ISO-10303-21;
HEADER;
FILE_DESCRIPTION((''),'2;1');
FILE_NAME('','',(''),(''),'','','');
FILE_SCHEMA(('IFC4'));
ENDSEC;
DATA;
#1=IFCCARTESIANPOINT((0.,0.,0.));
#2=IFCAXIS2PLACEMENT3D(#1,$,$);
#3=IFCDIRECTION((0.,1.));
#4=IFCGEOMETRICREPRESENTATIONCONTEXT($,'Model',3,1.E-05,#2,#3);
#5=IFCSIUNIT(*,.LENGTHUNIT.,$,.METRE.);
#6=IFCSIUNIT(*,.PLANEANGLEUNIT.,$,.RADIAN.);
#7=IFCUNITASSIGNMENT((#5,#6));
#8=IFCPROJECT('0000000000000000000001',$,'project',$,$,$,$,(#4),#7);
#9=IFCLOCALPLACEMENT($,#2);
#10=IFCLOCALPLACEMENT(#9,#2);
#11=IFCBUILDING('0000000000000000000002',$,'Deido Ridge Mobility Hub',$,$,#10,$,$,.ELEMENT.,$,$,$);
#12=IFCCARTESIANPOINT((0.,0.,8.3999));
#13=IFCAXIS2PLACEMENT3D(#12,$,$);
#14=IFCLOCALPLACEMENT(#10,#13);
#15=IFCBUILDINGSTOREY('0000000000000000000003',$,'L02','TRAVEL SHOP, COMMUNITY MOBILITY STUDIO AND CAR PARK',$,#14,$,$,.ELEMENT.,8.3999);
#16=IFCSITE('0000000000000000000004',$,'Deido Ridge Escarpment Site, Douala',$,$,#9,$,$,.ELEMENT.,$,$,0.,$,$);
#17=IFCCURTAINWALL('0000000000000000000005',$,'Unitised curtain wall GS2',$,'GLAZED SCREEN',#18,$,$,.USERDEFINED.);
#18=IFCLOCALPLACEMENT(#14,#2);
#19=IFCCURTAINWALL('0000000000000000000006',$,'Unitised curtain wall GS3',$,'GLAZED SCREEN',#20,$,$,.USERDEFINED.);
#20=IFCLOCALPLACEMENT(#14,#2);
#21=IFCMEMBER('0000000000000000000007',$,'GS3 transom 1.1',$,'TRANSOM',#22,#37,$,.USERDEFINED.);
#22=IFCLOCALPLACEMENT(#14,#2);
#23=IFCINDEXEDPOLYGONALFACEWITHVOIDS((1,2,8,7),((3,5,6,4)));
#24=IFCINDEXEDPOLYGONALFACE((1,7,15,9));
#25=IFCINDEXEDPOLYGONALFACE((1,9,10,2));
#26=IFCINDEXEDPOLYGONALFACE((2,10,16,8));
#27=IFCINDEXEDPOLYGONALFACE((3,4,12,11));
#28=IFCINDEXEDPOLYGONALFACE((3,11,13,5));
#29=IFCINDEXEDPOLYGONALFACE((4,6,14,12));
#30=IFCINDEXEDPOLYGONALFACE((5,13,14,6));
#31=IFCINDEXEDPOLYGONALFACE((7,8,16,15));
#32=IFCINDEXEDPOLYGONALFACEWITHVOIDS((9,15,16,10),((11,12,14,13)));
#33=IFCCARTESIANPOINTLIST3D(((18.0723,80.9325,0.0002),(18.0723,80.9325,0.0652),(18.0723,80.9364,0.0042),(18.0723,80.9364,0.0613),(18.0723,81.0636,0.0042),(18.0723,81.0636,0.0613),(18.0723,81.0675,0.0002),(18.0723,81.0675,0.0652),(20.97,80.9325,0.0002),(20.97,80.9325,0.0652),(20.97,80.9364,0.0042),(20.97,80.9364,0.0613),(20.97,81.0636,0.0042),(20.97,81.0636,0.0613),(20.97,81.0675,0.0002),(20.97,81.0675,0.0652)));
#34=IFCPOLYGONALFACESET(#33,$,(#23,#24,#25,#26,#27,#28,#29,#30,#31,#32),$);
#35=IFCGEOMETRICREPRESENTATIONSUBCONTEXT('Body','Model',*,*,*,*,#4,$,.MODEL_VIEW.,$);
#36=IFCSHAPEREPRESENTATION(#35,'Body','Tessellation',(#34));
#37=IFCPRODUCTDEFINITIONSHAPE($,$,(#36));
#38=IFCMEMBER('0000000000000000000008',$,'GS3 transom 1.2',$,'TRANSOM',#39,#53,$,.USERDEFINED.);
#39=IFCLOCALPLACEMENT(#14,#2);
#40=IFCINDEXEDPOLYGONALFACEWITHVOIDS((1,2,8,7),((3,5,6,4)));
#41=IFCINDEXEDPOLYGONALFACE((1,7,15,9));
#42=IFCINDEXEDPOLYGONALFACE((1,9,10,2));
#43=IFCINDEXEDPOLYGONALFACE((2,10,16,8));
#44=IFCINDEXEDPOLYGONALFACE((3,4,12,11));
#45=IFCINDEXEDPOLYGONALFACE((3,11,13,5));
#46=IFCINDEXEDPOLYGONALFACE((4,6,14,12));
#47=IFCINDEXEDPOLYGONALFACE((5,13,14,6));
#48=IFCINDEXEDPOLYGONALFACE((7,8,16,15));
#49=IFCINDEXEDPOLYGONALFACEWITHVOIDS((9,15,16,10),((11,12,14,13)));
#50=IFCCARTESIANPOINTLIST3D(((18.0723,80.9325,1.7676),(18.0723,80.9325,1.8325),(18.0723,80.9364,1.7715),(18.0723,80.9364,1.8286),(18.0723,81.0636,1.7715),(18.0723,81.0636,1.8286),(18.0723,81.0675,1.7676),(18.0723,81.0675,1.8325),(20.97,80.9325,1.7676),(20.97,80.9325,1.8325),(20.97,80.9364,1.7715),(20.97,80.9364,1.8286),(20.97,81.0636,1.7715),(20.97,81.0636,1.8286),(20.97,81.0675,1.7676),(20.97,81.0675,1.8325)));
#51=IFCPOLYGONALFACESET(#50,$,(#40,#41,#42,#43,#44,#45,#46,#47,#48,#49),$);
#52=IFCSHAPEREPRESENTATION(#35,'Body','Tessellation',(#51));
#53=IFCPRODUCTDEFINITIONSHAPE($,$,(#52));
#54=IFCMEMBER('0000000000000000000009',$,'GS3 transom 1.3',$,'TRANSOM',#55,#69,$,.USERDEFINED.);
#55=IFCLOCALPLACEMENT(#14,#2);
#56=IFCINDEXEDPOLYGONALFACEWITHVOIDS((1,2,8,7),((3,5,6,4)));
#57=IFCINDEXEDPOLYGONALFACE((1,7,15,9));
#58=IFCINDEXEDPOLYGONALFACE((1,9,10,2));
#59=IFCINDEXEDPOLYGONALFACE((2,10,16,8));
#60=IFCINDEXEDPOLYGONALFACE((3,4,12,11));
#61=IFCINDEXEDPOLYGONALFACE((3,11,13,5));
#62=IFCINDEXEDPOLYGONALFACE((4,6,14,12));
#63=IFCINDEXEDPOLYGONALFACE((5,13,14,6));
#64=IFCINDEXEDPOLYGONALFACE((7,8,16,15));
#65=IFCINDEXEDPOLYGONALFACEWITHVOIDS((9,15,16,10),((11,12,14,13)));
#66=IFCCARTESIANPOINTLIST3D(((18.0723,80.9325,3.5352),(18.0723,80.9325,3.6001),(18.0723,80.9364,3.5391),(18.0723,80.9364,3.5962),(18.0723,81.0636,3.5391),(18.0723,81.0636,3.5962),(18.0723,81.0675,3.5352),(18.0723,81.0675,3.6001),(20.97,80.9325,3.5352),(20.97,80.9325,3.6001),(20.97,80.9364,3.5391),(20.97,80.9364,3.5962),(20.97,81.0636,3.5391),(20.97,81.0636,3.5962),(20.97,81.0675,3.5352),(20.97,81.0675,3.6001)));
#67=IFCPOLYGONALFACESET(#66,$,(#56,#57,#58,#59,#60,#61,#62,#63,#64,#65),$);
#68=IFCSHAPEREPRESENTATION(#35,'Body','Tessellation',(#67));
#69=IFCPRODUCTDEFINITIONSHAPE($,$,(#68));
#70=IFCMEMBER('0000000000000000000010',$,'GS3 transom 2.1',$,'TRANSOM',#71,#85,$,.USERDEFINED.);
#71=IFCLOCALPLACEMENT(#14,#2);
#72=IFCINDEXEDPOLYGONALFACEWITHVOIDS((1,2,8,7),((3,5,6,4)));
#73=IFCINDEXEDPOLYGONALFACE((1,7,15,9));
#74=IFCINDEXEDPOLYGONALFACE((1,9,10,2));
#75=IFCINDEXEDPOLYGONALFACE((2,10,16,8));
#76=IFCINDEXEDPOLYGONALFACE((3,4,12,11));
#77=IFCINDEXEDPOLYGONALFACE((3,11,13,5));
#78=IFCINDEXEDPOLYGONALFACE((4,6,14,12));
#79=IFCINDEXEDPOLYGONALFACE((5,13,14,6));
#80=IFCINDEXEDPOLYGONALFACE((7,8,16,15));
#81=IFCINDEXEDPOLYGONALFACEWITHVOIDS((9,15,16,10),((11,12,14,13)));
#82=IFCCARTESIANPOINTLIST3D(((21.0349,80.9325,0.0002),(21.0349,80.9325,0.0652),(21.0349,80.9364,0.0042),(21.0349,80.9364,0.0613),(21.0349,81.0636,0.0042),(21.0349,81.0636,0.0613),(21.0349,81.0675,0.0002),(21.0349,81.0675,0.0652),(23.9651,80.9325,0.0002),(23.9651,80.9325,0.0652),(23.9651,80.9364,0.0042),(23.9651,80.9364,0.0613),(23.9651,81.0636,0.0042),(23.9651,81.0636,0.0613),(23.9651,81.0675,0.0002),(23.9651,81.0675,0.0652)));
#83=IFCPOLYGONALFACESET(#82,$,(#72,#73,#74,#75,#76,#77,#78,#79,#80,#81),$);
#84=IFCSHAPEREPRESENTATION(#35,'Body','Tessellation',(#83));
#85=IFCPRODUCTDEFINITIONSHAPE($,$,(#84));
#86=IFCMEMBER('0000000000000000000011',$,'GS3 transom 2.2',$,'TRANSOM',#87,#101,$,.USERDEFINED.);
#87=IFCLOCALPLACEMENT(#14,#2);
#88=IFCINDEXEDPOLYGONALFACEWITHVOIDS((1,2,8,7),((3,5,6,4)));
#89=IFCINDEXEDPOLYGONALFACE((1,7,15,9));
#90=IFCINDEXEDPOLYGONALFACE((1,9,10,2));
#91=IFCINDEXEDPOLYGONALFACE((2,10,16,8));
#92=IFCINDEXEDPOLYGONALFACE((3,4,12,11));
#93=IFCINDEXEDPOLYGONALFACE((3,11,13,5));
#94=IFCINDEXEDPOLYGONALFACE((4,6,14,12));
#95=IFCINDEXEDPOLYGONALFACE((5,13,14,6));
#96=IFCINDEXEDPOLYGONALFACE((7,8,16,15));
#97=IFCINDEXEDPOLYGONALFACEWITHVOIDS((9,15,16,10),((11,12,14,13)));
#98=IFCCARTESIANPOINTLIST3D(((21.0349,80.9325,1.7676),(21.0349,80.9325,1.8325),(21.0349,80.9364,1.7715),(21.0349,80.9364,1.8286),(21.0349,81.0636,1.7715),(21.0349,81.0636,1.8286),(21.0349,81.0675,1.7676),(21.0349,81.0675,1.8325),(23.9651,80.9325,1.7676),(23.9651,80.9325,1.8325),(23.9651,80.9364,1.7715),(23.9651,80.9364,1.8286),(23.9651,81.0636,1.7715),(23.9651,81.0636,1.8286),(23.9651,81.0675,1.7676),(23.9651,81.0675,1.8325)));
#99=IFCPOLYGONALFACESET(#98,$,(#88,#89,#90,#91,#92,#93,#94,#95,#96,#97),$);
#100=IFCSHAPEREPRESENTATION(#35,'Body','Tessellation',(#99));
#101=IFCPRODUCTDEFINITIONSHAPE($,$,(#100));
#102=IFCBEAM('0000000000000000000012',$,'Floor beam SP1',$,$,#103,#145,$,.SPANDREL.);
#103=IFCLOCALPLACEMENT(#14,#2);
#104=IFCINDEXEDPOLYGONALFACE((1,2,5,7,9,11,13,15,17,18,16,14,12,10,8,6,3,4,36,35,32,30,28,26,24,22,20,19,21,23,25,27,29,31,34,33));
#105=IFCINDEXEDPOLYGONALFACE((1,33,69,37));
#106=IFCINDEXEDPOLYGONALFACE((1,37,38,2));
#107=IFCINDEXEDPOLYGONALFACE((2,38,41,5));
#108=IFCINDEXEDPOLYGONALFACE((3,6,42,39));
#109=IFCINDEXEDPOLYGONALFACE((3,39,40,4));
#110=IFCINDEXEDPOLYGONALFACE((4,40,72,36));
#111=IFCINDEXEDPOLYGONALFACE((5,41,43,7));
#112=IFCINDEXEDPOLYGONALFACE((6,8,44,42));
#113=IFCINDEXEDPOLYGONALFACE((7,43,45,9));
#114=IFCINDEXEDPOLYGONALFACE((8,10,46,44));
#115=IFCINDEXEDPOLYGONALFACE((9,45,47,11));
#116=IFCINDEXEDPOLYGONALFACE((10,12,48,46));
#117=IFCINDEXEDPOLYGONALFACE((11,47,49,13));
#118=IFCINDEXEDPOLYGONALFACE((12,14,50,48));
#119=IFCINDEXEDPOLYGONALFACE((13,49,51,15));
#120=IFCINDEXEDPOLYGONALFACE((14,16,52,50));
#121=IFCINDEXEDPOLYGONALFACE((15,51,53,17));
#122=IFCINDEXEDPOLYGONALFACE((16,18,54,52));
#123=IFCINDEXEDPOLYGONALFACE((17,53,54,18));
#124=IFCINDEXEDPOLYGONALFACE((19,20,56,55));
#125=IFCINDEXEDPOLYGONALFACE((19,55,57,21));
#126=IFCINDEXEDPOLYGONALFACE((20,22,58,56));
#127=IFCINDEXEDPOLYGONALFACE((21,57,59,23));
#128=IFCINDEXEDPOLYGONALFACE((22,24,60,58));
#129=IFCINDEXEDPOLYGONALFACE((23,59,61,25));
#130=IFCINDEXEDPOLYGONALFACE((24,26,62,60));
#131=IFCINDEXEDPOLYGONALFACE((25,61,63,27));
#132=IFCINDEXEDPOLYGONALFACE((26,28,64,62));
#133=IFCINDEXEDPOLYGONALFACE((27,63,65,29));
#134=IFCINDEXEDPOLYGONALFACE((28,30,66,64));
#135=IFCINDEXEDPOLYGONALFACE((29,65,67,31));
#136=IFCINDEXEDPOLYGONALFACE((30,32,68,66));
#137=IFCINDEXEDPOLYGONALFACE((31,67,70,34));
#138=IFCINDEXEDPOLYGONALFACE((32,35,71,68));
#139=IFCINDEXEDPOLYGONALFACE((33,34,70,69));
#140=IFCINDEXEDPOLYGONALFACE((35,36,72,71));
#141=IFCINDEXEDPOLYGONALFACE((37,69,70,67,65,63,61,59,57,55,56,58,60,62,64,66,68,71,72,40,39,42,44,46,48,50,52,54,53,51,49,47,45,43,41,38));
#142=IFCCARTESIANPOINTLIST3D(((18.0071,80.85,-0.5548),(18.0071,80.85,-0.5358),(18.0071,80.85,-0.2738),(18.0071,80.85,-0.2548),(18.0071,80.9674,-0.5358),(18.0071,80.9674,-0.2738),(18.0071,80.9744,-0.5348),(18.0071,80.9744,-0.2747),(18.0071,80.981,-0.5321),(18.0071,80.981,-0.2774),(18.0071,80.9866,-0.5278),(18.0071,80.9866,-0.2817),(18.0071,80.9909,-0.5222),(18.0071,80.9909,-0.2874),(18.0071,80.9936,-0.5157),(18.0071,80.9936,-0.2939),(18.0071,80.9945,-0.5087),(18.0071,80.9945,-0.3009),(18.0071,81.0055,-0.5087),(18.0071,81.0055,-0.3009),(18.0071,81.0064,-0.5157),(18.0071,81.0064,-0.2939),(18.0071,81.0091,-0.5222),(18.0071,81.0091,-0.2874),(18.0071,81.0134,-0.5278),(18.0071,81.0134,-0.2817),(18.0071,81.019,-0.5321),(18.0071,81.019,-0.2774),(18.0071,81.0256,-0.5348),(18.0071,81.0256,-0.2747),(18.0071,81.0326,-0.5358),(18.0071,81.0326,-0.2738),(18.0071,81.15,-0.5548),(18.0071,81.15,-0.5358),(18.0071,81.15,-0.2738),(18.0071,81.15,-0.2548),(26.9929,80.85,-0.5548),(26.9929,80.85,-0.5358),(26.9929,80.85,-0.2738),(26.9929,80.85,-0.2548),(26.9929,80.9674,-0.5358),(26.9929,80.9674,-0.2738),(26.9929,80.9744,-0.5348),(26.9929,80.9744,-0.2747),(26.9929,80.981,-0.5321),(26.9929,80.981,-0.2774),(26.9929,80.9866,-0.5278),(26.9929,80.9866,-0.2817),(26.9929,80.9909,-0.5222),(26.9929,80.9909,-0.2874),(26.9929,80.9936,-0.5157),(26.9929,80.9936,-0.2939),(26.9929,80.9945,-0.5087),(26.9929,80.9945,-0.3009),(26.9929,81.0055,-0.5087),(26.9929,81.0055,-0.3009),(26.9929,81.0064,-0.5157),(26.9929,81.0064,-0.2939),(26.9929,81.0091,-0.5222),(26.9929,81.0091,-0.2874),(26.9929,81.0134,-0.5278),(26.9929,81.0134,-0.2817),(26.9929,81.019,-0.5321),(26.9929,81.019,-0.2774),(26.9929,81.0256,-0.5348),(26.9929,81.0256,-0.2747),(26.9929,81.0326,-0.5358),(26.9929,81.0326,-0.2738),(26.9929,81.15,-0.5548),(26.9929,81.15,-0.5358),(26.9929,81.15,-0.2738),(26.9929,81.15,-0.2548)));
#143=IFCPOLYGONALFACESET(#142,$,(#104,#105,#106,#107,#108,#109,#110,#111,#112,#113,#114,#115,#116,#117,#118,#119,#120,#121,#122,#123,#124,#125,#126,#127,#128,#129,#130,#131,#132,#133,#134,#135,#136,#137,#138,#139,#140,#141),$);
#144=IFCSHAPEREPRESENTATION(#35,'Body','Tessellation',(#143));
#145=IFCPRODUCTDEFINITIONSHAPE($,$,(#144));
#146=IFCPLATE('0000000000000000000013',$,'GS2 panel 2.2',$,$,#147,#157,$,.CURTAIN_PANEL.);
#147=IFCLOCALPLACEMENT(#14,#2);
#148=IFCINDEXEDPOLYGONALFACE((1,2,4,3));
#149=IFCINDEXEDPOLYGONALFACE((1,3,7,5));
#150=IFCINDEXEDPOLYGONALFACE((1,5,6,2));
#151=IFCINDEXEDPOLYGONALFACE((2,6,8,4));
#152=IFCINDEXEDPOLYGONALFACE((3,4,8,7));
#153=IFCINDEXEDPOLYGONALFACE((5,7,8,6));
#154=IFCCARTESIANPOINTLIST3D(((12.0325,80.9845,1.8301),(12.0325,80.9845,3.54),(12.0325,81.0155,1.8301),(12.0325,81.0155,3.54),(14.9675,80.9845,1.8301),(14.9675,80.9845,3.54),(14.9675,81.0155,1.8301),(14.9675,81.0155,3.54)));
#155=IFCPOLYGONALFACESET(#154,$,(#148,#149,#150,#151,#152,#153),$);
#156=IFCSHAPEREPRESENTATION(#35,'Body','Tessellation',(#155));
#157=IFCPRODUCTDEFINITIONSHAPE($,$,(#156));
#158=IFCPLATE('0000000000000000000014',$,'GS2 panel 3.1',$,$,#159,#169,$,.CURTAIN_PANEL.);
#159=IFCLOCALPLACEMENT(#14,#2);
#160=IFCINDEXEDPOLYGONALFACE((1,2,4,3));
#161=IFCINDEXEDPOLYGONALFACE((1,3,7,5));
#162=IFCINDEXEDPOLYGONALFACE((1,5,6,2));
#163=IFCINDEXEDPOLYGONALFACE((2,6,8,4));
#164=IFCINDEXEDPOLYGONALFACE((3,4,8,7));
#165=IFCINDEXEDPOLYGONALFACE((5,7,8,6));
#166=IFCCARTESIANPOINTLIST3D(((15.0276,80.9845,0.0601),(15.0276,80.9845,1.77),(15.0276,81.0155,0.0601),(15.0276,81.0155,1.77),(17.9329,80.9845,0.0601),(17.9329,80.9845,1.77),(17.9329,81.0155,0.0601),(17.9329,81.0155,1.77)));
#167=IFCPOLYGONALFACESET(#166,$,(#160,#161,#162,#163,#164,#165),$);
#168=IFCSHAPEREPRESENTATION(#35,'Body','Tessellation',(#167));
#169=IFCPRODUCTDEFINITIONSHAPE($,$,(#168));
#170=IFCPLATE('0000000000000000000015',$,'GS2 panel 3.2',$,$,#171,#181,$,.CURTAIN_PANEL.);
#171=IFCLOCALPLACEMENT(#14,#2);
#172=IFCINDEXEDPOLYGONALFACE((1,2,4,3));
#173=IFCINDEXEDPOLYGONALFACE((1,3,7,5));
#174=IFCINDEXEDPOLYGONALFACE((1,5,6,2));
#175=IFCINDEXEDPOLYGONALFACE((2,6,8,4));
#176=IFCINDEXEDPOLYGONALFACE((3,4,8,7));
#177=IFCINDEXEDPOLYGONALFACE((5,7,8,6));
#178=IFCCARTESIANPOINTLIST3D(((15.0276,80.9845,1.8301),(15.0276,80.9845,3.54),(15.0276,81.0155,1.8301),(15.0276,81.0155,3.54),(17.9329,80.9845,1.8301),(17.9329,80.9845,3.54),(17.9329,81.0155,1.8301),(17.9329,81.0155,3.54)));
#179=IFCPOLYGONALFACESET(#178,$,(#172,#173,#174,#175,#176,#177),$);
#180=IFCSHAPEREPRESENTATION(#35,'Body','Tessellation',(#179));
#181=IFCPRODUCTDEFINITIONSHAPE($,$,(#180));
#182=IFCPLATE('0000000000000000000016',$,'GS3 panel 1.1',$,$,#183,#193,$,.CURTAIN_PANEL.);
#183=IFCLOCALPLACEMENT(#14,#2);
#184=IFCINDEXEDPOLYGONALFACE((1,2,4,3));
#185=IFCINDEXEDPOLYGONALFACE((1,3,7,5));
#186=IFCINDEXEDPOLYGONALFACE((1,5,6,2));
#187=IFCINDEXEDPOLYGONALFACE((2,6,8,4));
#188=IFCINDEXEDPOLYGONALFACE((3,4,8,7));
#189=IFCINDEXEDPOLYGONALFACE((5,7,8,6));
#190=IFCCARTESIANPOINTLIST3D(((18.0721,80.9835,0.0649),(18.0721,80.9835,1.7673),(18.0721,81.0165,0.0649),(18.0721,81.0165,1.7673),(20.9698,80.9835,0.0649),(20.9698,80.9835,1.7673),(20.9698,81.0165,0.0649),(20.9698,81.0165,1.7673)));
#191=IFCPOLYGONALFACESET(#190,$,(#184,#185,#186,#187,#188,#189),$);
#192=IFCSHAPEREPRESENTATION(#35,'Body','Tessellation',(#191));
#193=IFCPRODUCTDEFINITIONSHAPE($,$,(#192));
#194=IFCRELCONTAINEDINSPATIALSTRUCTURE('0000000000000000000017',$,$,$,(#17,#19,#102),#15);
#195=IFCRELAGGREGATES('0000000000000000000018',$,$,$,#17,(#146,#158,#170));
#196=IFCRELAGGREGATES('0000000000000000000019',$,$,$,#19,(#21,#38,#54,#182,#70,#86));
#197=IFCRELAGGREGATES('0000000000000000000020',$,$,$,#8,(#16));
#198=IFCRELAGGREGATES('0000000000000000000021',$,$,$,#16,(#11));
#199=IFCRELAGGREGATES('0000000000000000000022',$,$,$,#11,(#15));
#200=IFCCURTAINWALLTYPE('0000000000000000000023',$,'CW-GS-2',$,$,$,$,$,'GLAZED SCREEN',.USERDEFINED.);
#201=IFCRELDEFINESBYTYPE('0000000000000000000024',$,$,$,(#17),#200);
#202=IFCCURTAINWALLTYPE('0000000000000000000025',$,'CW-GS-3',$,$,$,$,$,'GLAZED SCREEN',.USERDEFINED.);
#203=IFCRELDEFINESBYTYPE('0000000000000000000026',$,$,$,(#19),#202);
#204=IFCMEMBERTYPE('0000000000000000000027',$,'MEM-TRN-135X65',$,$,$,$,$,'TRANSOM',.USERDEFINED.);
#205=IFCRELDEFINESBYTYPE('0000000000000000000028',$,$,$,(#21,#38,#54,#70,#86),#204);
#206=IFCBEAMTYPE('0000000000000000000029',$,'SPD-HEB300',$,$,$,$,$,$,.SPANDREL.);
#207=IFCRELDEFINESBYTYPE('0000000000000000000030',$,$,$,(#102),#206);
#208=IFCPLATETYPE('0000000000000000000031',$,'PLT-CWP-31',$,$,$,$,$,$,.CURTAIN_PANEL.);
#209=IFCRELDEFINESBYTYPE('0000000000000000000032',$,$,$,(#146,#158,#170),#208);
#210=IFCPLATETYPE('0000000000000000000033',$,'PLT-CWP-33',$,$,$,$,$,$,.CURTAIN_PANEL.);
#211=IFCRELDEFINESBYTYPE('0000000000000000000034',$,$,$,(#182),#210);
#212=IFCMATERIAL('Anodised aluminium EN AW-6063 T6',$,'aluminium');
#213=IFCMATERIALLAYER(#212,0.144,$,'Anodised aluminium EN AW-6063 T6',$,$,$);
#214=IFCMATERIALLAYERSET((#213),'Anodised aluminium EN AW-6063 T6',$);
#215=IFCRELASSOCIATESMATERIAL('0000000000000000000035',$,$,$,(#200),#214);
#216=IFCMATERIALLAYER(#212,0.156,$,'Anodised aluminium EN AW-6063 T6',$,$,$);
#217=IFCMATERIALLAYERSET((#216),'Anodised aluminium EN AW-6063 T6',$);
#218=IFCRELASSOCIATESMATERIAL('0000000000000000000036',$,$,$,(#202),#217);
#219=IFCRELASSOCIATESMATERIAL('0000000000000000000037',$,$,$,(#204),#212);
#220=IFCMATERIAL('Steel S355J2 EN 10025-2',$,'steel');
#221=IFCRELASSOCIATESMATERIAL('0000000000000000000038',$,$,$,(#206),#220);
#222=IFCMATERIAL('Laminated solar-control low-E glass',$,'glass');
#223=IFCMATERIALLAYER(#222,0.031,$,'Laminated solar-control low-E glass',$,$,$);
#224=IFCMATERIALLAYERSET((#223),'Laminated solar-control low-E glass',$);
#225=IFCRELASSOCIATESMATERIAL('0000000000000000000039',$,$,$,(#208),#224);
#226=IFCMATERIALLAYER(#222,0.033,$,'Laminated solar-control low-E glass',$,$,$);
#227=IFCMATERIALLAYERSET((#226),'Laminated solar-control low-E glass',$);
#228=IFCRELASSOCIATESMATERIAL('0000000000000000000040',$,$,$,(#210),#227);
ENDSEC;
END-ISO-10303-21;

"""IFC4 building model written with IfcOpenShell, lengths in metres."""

from ifc_helpers import new_model, si_unit, direction, frame, origin, origin_2d, place, context, subcontext, project, spatial, rectangle, hollow_rectangle, i_section, extrude, material, layer, layer_set, material_profile, profile_set, type_object, element, aggregate, save


model = new_model("IFC4")

# Units and contexts
model_context = context("Model", 3, precision=1e-05, world=origin(), true_north=direction((0.0, 1.0)))
body_context = subcontext(model_context, "Body", "Model", "MODEL_VIEW")
ifc_project = project(units=[si_unit("LENGTHUNIT", "METRE"), si_unit("PLANEANGLEUNIT", "RADIAN")], contexts=[model_context])

# Site, building, storey
site_placement = place(None, origin())
site = spatial("IfcSite", under=ifc_project, at=site_placement, Name="Deido Ridge Escarpment Site, Douala", CompositionType="ELEMENT", RefElevation=0.0)
building_placement = place(site_placement, origin())
building = spatial("IfcBuilding", under=site, at=building_placement, Name="Deido Ridge Mobility Hub", CompositionType="ELEMENT")
storey_placement = place(building_placement, frame((0.0, 0.0, 8.3999)))
storey = spatial("IfcBuildingStorey", under=building, at=storey_placement, Name="L02", Description="TRAVEL SHOP, COMMUNITY MOBILITY STUDIO AND CAR PARK", CompositionType="ELEMENT", Elevation=8.3999)

# Shared definitions
ifc_material_1 = material(Name="Steel S355J2 EN 10025-2", Category="steel")

# Curtain walls
ifc_material_2 = material(Name="Anodised aluminium EN AW-6063 T6", Category="aluminium")
ifc_layer_1 = layer(ifc_material_2, 0.144, Name="Anodised aluminium EN AW-6063 T6")
ifc_layer_set_1 = layer_set([ifc_layer_1], Name="Anodised aluminium EN AW-6063 T6")
curtain_wall_type_1 = type_object("IfcCurtainWallType", Name="CW-GS-2", ElementType="GLAZED SCREEN", PredefinedType="USERDEFINED", material=ifc_layer_set_1)
curtain_wall_1_placement = place(storey_placement, origin())
curtain_wall_1 = element("IfcCurtainWall", 1, at=curtain_wall_1_placement, inside=storey, type_object=curtain_wall_type_1, Name="Unitised curtain wall GS2", ObjectType="GLAZED SCREEN", PredefinedType="USERDEFINED")
ifc_layer_2 = layer(ifc_material_2, 0.156, Name="Anodised aluminium EN AW-6063 T6")
ifc_layer_set_2 = layer_set([ifc_layer_2], Name="Anodised aluminium EN AW-6063 T6")
curtain_wall_type_2 = type_object("IfcCurtainWallType", Name="CW-GS-3", ElementType="GLAZED SCREEN", PredefinedType="USERDEFINED", material=ifc_layer_set_2)
curtain_wall_2_placement = place(storey_placement, origin())
curtain_wall_2 = element("IfcCurtainWall", 2, at=curtain_wall_2_placement, inside=storey, type_object=curtain_wall_type_2, Name="Unitised curtain wall GS3", ObjectType="GLAZED SCREEN", PredefinedType="USERDEFINED")

# Members
ifc_material_profile_1 = material_profile(ifc_material_2, hollow_rectangle(XDim=0.135, YDim=0.0649, WallThickness=0.0039, at=origin_2d()), Name="RHS 135x65x4")
ifc_profile_set_1 = profile_set([ifc_material_profile_1], Name="Anodised aluminium EN AW-6063 T6")
member_type_1 = type_object("IfcMemberType", Name="MEM-TRN-135X65", ElementType="TRANSOM", PredefinedType="USERDEFINED", material=ifc_profile_set_1)
member_1_placement = place(storey_placement, frame((18.0723, 81.0, 0.0327), z_axis=(1.0, 0.0, 0.0), x_axis=(0.0, 1.0, 0.0)))
member_1 = element("IfcMember", 3, at=member_1_placement, type_object=member_type_1, Name="GS3 transom 1.1", ObjectType="TRANSOM", PredefinedType="USERDEFINED", context=body_context, shape_type="SweptSolid", body=[
    extrude(hollow_rectangle(XDim=0.135, YDim=0.0649, WallThickness=0.0039, at=origin_2d()), origin(), (0.0, 0.0, 1.0), 2.8977),
])
member_2_placement = place(storey_placement, frame((18.0723, 81.0, 1.8), z_axis=(1.0, 0.0, 0.0), x_axis=(0.0, 1.0, 0.0)))
member_2 = element("IfcMember", 4, at=member_2_placement, type_object=member_type_1, Name="GS3 transom 1.2", ObjectType="TRANSOM", PredefinedType="USERDEFINED", context=body_context, shape_type="SweptSolid", body=[
    extrude(hollow_rectangle(XDim=0.135, YDim=0.0649, WallThickness=0.0039, at=origin_2d()), origin(), (0.0, 0.0, 1.0), 2.8977),
])
member_3_placement = place(storey_placement, frame((18.0723, 81.0, 3.5676), z_axis=(1.0, 0.0, 0.0), x_axis=(0.0, 1.0, 0.0)))
member_3 = element("IfcMember", 5, at=member_3_placement, type_object=member_type_1, Name="GS3 transom 1.3", ObjectType="TRANSOM", PredefinedType="USERDEFINED", context=body_context, shape_type="SweptSolid", body=[
    extrude(hollow_rectangle(XDim=0.135, YDim=0.0649, WallThickness=0.0039, at=origin_2d()), origin(), (0.0, 0.0, 1.0), 2.8977),
])
member_4_placement = place(storey_placement, frame((21.0349, 81.0, 0.0327), z_axis=(1.0, 0.0, 0.0), x_axis=(0.0, 1.0, 0.0)))
member_4 = element("IfcMember", 6, at=member_4_placement, type_object=member_type_1, Name="GS3 transom 2.1", ObjectType="TRANSOM", PredefinedType="USERDEFINED", context=body_context, shape_type="SweptSolid", body=[
    extrude(hollow_rectangle(XDim=0.135, YDim=0.0649, WallThickness=0.0039, at=origin_2d()), origin(), (0.0, 0.0, 1.0), 2.9302),
])
member_5_placement = place(storey_placement, frame((21.0349, 81.0, 1.8), z_axis=(1.0, 0.0, 0.0), x_axis=(0.0, 1.0, 0.0)))
member_5 = element("IfcMember", 7, at=member_5_placement, type_object=member_type_1, Name="GS3 transom 2.2", ObjectType="TRANSOM", PredefinedType="USERDEFINED", context=body_context, shape_type="SweptSolid", body=[
    extrude(hollow_rectangle(XDim=0.135, YDim=0.0649, WallThickness=0.0039, at=origin_2d()), origin(), (0.0, 0.0, 1.0), 2.9302),
])

# Beam
ifc_material_profile_2 = material_profile(ifc_material_1, i_section(OverallWidth=0.3, OverallDepth=0.3, WebThickness=0.011, FlangeThickness=0.019, FilletRadius=0.0271, at=origin_2d()), Name="HEB 300")
ifc_profile_set_2 = profile_set([ifc_material_profile_2], Name="Steel S355J2 EN 10025-2")
beam_type = type_object("IfcBeamType", Name="SPD-HEB300", PredefinedType="SPANDREL", material=ifc_profile_set_2)
beam_placement = place(storey_placement, frame((18.0071, 81.0, -0.4048), z_axis=(1.0, 0.0, 0.0), x_axis=(0.0, 1.0, 0.0)))
element("IfcBeam", 8, at=beam_placement, inside=storey, type_object=beam_type, Name="Floor beam SP1", PredefinedType="SPANDREL", context=body_context, shape_type="SweptSolid", body=[
    extrude(i_section(OverallWidth=0.3, OverallDepth=0.3, WebThickness=0.011, FlangeThickness=0.019, FilletRadius=0.0271, at=origin_2d()), origin(), (0.0, 0.0, 1.0), 8.9858),
])

# Plates
ifc_material_3 = material(Name="Laminated solar-control low-E glass", Category="glass")
ifc_layer_3 = layer(ifc_material_3, 0.031, Name="Laminated solar-control low-E glass")
ifc_layer_set_3 = layer_set([ifc_layer_3], Name="Laminated solar-control low-E glass")
plate_type_1 = type_object("IfcPlateType", Name="PLT-CWP-31", PredefinedType="CURTAIN_PANEL", material=ifc_layer_set_3)
plate_1_placement = place(storey_placement, frame((13.5, 81.0, 1.8301), z_axis=(0.0, 0.0, 1.0), x_axis=(1.0, 0.0, 0.0)))
plate_1 = element("IfcPlate", 9, at=plate_1_placement, type_object=plate_type_1, Name="GS2 panel 2.2", PredefinedType="CURTAIN_PANEL", context=body_context, shape_type="SweptSolid", body=[
    extrude(rectangle(XDim=2.9351, YDim=0.031, at=origin_2d()), origin(), (0.0, 0.0, 1.0), 1.71),
])
plate_2_placement = place(storey_placement, frame((16.4802, 81.0, 0.0601), z_axis=(0.0, 0.0, 1.0), x_axis=(1.0, 0.0, 0.0)))
plate_2 = element("IfcPlate", 10, at=plate_2_placement, type_object=plate_type_1, Name="GS2 panel 3.1", PredefinedType="CURTAIN_PANEL", context=body_context, shape_type="SweptSolid", body=[
    extrude(rectangle(XDim=2.9053, YDim=0.031, at=origin_2d()), origin(), (0.0, 0.0, 1.0), 1.71),
])
plate_3_placement = place(storey_placement, frame((16.4802, 81.0, 1.8301), z_axis=(0.0, 0.0, 1.0), x_axis=(1.0, 0.0, 0.0)))
plate_3 = element("IfcPlate", 11, at=plate_3_placement, type_object=plate_type_1, Name="GS2 panel 3.2", PredefinedType="CURTAIN_PANEL", context=body_context, shape_type="SweptSolid", body=[
    extrude(rectangle(XDim=2.9053, YDim=0.031, at=origin_2d()), origin(), (0.0, 0.0, 1.0), 1.71),
])
aggregate(curtain_wall_1, [plate_1, plate_2, plate_3])
ifc_layer_4 = layer(ifc_material_3, 0.033, Name="Laminated solar-control low-E glass")
ifc_layer_set_4 = layer_set([ifc_layer_4], Name="Laminated solar-control low-E glass")
plate_type_2 = type_object("IfcPlateType", Name="PLT-CWP-33", PredefinedType="CURTAIN_PANEL", material=ifc_layer_set_4)
plate_4_placement = place(storey_placement, frame((19.521, 81.0, 0.0649), z_axis=(0.0, 0.0, 1.0), x_axis=(1.0, 0.0, 0.0)))
plate_4 = element("IfcPlate", 12, at=plate_4_placement, type_object=plate_type_2, Name="GS3 panel 1.1", PredefinedType="CURTAIN_PANEL", context=body_context, shape_type="SweptSolid", body=[
    extrude(rectangle(XDim=2.8977, YDim=0.033, at=origin_2d()), origin(), (0.0, 0.0, 1.0), 1.7024),
])
aggregate(curtain_wall_2, [member_1, member_2, member_3, plate_4, member_4, member_5])

save(model, "model.ifc")
